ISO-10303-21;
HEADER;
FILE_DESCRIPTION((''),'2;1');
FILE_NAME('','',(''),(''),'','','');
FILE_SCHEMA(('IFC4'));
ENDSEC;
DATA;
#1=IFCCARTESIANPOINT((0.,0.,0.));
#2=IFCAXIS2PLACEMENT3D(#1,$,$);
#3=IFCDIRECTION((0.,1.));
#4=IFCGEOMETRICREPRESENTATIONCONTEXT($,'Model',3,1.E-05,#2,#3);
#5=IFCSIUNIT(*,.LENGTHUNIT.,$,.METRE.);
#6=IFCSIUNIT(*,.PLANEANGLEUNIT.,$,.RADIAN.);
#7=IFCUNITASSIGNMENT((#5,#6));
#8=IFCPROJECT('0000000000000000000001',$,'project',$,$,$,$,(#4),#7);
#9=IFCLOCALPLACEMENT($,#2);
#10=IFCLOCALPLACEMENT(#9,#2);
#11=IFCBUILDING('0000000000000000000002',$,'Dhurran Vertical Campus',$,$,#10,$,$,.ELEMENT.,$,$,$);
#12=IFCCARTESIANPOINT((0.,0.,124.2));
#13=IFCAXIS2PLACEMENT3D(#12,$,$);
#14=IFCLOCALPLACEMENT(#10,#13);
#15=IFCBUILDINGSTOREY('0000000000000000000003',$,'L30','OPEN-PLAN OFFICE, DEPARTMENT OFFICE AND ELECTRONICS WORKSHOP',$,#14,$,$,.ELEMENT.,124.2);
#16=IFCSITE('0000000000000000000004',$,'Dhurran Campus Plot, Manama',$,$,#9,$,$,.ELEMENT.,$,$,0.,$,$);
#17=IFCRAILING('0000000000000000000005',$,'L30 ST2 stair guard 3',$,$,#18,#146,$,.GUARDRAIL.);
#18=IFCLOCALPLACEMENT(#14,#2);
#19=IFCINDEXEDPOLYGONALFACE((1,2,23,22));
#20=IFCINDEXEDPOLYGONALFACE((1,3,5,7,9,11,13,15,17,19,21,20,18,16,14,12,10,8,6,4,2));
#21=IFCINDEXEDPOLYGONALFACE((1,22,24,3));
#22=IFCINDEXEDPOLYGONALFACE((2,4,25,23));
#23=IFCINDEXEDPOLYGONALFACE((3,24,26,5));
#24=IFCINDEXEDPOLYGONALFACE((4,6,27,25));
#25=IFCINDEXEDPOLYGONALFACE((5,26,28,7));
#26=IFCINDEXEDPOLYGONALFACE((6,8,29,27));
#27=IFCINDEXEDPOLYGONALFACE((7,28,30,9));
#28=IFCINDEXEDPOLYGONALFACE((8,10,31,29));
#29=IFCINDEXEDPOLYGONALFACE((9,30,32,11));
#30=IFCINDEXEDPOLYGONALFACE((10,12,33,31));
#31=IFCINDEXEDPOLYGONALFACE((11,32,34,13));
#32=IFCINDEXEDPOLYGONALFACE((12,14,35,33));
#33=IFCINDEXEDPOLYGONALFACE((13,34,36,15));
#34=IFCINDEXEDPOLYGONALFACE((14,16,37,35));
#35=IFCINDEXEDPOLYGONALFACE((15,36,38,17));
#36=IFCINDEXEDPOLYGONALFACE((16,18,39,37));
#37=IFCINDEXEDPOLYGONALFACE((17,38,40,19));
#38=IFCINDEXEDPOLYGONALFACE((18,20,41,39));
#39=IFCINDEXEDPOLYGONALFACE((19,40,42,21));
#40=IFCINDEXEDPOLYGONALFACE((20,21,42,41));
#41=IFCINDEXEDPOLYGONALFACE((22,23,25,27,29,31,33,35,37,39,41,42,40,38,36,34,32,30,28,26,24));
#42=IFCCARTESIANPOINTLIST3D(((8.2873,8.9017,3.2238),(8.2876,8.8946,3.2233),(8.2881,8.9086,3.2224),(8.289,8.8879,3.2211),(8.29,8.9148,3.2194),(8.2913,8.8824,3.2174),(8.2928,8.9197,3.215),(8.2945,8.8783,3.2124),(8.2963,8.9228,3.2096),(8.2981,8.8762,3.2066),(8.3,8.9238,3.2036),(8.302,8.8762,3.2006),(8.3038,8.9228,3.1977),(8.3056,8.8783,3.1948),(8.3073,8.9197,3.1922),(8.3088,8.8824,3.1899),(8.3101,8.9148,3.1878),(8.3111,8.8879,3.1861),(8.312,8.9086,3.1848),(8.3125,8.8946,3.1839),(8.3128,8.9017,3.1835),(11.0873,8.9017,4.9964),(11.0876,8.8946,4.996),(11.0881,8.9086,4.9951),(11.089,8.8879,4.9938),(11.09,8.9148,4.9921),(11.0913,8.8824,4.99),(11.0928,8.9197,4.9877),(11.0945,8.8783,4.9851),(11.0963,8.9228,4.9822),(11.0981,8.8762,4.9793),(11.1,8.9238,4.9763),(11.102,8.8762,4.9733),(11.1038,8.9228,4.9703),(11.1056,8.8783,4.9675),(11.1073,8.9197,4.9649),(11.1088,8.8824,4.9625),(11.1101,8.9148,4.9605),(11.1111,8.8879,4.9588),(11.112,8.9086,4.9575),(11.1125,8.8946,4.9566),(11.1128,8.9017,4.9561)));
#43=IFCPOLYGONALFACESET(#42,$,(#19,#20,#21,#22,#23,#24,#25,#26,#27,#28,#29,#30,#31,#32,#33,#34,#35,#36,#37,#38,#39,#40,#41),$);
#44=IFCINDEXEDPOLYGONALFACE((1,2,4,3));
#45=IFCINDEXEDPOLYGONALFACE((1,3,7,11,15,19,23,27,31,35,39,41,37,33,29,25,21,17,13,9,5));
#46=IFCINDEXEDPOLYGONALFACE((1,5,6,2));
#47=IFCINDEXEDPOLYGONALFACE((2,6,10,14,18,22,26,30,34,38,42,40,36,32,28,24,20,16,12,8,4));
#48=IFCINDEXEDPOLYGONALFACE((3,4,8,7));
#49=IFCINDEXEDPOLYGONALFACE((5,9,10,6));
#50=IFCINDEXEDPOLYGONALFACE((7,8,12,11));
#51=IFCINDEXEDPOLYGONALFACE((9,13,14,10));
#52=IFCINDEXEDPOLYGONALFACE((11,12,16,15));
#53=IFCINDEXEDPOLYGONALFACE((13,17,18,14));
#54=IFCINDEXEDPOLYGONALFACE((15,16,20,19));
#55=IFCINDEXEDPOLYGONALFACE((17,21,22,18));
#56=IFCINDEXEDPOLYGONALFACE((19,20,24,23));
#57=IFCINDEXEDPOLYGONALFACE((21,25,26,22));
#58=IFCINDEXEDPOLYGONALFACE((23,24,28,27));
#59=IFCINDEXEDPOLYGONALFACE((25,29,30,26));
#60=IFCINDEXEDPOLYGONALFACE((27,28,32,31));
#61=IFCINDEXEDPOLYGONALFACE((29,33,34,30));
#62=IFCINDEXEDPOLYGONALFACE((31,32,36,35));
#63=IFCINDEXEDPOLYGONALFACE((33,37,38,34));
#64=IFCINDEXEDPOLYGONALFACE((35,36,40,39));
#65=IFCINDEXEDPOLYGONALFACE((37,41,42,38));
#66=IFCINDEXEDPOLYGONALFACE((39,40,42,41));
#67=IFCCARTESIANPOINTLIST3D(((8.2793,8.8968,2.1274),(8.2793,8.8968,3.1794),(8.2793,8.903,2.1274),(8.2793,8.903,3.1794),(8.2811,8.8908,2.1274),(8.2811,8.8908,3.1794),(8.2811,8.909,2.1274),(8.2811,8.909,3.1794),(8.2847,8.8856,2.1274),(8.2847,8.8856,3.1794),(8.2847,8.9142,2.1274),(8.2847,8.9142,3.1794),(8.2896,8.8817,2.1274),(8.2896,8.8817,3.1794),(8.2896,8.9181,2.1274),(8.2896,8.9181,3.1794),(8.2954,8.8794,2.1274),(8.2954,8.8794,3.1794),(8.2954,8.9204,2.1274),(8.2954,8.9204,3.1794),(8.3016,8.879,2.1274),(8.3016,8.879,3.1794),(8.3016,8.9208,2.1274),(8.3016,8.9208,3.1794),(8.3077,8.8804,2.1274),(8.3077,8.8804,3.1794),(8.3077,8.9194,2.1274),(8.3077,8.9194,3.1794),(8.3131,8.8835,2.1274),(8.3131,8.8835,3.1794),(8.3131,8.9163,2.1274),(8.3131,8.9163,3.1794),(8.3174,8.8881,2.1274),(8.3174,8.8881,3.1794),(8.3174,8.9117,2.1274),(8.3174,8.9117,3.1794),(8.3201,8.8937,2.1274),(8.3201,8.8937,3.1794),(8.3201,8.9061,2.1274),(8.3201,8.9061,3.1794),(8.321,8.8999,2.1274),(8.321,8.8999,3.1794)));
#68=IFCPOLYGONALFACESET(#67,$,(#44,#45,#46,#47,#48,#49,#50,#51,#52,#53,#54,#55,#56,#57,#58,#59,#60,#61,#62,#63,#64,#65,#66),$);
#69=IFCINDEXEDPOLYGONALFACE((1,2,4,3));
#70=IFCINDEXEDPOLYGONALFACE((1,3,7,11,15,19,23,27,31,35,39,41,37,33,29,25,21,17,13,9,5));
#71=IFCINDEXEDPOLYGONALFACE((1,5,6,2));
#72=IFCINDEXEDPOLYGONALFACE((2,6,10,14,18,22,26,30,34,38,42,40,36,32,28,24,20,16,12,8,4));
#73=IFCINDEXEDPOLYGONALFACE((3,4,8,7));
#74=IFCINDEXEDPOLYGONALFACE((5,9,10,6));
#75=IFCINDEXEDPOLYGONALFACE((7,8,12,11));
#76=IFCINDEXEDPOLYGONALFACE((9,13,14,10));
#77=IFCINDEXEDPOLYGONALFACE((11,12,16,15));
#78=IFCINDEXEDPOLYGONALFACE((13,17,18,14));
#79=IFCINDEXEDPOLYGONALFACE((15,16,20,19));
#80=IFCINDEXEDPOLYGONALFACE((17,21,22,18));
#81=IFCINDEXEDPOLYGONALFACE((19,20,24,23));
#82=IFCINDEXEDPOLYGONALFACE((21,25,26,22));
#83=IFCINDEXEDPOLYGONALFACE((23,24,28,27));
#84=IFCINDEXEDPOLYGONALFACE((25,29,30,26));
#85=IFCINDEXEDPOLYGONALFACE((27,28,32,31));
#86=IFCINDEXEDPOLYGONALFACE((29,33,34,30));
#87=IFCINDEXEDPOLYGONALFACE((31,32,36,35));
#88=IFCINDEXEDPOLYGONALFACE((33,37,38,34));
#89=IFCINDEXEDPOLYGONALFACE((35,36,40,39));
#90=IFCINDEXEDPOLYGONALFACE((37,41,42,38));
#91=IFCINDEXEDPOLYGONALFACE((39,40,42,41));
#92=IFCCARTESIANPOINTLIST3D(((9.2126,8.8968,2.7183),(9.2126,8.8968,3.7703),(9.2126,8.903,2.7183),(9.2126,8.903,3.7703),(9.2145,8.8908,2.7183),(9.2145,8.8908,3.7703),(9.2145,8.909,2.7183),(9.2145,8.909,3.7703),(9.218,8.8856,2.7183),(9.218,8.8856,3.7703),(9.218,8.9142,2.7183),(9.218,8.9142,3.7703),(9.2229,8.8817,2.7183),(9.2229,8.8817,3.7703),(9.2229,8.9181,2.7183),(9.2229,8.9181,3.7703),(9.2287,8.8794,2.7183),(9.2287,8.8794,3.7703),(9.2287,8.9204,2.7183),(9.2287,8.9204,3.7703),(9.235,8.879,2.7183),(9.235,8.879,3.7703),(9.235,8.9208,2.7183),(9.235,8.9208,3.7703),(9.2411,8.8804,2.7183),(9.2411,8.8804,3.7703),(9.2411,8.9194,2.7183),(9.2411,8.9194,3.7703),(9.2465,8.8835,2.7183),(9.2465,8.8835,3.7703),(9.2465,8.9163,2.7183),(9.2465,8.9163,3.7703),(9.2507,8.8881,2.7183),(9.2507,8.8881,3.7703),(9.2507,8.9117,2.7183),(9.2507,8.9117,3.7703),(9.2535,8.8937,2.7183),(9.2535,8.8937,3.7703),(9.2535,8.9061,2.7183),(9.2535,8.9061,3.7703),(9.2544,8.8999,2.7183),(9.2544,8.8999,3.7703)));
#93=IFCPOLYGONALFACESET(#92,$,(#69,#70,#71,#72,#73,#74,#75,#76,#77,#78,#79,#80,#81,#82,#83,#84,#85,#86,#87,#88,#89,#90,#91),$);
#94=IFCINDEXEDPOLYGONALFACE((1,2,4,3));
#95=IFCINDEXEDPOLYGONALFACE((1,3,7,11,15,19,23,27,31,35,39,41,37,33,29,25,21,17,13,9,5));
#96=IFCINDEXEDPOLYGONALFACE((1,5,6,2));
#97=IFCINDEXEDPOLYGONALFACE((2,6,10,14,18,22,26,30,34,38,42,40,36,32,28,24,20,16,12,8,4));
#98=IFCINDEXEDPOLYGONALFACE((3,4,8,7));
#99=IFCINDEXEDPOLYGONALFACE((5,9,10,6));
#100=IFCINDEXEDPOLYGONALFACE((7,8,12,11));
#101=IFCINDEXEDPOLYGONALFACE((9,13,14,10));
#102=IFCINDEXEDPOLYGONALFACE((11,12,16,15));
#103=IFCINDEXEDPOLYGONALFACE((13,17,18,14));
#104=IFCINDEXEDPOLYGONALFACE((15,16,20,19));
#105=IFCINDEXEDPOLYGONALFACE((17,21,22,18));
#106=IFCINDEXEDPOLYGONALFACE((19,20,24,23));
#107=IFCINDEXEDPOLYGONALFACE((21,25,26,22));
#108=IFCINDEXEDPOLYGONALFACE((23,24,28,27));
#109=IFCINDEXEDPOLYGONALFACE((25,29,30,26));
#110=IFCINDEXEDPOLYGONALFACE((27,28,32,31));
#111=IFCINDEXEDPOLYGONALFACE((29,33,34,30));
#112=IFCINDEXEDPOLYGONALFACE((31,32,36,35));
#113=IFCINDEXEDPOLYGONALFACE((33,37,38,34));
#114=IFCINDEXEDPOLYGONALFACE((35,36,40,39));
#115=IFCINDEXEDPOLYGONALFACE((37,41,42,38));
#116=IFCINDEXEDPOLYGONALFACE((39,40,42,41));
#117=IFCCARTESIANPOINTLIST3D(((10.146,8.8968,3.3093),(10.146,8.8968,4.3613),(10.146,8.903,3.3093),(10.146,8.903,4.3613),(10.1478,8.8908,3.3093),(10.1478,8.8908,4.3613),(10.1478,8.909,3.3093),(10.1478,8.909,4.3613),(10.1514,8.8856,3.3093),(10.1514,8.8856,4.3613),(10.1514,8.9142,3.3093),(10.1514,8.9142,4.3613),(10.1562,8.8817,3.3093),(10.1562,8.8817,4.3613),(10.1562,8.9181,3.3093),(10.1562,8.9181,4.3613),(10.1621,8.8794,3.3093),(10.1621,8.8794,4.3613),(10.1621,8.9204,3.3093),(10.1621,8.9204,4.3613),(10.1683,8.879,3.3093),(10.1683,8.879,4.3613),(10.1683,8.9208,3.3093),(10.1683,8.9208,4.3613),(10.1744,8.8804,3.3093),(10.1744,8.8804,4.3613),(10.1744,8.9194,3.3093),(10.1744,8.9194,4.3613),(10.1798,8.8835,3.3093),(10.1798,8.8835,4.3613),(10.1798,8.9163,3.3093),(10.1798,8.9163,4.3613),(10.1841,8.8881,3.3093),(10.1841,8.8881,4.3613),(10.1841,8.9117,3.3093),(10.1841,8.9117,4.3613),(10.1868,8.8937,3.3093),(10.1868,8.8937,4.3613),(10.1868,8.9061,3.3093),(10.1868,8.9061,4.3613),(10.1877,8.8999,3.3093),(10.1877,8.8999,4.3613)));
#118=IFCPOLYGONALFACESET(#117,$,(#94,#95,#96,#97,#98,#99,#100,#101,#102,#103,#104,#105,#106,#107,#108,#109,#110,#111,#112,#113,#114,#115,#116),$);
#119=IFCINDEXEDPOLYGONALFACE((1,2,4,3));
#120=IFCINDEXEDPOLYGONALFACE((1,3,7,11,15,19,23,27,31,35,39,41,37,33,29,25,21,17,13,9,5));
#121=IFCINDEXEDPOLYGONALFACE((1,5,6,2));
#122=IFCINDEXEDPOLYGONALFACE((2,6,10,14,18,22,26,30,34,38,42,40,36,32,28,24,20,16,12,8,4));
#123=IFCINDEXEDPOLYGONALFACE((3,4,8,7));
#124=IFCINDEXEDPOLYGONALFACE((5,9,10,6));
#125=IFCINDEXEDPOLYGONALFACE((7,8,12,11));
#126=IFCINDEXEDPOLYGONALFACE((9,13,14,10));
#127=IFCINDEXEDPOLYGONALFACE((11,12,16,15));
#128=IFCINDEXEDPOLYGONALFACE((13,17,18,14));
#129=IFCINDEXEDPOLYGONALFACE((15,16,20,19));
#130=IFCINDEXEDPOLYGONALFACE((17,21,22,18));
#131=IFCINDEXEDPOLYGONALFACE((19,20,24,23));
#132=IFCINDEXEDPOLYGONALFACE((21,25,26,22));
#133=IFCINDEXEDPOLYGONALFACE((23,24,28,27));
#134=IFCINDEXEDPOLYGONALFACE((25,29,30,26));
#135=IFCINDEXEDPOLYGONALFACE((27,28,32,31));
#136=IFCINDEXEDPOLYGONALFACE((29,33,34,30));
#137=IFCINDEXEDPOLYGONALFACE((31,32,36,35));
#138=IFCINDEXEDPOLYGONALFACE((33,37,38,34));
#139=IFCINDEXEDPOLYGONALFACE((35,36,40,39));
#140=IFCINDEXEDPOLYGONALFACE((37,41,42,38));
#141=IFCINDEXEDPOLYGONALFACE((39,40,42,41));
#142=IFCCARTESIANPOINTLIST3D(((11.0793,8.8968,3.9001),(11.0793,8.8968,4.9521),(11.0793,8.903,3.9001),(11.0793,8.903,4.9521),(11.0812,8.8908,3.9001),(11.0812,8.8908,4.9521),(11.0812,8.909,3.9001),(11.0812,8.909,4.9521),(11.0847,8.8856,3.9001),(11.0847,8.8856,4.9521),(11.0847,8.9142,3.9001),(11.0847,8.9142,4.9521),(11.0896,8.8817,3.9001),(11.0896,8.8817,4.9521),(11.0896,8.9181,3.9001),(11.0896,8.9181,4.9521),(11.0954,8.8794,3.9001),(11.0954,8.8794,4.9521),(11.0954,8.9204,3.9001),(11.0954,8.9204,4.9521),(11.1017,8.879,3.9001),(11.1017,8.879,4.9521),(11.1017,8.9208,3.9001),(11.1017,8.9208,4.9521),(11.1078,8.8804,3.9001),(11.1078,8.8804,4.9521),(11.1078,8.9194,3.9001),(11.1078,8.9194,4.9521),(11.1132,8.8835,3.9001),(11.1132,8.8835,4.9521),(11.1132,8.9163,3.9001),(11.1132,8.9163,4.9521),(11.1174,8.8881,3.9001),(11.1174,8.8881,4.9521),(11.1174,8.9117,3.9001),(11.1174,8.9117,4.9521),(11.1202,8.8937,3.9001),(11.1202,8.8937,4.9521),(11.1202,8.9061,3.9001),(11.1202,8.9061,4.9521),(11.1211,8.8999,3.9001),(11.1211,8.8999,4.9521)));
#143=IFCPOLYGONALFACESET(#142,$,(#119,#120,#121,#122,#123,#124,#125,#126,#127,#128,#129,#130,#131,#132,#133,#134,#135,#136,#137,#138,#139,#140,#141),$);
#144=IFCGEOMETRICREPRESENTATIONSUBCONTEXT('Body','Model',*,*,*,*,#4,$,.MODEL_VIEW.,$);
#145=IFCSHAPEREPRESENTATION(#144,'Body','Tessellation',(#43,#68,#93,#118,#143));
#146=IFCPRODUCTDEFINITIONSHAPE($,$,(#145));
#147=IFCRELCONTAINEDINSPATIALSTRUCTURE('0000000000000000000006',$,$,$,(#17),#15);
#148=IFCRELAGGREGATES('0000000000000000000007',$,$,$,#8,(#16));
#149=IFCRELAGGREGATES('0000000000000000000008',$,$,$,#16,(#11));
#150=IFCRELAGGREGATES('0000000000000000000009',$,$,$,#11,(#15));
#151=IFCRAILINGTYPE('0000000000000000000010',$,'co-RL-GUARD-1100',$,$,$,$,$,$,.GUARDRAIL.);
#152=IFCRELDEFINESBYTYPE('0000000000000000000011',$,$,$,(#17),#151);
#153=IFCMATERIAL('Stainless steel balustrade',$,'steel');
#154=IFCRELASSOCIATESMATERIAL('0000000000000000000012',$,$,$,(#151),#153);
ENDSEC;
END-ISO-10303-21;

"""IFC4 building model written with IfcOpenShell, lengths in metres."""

from ifc_helpers import new_model, si_unit, direction, frame, origin, origin_2d, place, context, subcontext, project, spatial, circle, extrude, material, type_object, element, save


model = new_model("IFC4")

# Units and contexts
model_context = context("Model", 3, precision=1e-05, world=origin(), true_north=direction((0.0, 1.0)))
body_context = subcontext(model_context, "Body", "Model", "MODEL_VIEW")
ifc_project = project(units=[si_unit("LENGTHUNIT", "METRE"), si_unit("PLANEANGLEUNIT", "RADIAN")], contexts=[model_context])

# Site, building, storey
site_placement = place(None, origin())
site = spatial("IfcSite", under=ifc_project, at=site_placement, Name="Dhurran Campus Plot, Manama", CompositionType="ELEMENT", RefElevation=0.0)
building_placement = place(site_placement, origin())
building = spatial("IfcBuilding", under=site, at=building_placement, Name="Dhurran Vertical Campus", CompositionType="ELEMENT")
storey_placement = place(building_placement, frame((0.0, 0.0, 124.2)))
storey = spatial("IfcBuildingStorey", under=building, at=storey_placement, Name="L30", Description="OPEN-PLAN OFFICE, DEPARTMENT OFFICE AND ELECTRONICS WORKSHOP", CompositionType="ELEMENT", Elevation=124.2)

# Railing
ifc_material_1 = material(Name="Stainless steel balustrade", Category="steel")
railing_type_1 = type_object("IfcRailingType", Name="co-RL-GUARD-1100", PredefinedType="GUARDRAIL", material=ifc_material_1)
railing_1_placement = place(storey_placement, frame((8.3, 8.8999, 2.1274)))
element("IfcRailing", 1, at=railing_1_placement, inside=storey, type_object=railing_type_1, Name="L30 ST2 stair guard 3", PredefinedType="GUARDRAIL", context=body_context, shape_type="SweptSolid", body=[
    extrude(circle(Radius=0.0239, at=origin_2d()), frame((0.0, 0.0, 1.0762), z_axis=(0.844909, 0.0, 0.53491), x_axis=(0.0, 1.0, 0.0)), (0.0, 0.0, 1.0), 3.314),
    extrude(circle(Radius=0.021, at=origin_2d()), origin(), (0.0, 0.0, 1.0), 1.052),
    extrude(circle(Radius=0.021, at=origin_2d()), frame((0.9333, 0.0, 0.5908)), (0.0, 0.0, 1.0), 1.052),
    extrude(circle(Radius=0.021, at=origin_2d()), frame((1.8667, 0.0, 1.1819)), (0.0, 0.0, 1.0), 1.052),
    extrude(circle(Radius=0.021, at=origin_2d()), frame((2.8, 0.0, 1.7727)), (0.0, 0.0, 1.0), 1.052),
])

save(model, "model.ifc")
